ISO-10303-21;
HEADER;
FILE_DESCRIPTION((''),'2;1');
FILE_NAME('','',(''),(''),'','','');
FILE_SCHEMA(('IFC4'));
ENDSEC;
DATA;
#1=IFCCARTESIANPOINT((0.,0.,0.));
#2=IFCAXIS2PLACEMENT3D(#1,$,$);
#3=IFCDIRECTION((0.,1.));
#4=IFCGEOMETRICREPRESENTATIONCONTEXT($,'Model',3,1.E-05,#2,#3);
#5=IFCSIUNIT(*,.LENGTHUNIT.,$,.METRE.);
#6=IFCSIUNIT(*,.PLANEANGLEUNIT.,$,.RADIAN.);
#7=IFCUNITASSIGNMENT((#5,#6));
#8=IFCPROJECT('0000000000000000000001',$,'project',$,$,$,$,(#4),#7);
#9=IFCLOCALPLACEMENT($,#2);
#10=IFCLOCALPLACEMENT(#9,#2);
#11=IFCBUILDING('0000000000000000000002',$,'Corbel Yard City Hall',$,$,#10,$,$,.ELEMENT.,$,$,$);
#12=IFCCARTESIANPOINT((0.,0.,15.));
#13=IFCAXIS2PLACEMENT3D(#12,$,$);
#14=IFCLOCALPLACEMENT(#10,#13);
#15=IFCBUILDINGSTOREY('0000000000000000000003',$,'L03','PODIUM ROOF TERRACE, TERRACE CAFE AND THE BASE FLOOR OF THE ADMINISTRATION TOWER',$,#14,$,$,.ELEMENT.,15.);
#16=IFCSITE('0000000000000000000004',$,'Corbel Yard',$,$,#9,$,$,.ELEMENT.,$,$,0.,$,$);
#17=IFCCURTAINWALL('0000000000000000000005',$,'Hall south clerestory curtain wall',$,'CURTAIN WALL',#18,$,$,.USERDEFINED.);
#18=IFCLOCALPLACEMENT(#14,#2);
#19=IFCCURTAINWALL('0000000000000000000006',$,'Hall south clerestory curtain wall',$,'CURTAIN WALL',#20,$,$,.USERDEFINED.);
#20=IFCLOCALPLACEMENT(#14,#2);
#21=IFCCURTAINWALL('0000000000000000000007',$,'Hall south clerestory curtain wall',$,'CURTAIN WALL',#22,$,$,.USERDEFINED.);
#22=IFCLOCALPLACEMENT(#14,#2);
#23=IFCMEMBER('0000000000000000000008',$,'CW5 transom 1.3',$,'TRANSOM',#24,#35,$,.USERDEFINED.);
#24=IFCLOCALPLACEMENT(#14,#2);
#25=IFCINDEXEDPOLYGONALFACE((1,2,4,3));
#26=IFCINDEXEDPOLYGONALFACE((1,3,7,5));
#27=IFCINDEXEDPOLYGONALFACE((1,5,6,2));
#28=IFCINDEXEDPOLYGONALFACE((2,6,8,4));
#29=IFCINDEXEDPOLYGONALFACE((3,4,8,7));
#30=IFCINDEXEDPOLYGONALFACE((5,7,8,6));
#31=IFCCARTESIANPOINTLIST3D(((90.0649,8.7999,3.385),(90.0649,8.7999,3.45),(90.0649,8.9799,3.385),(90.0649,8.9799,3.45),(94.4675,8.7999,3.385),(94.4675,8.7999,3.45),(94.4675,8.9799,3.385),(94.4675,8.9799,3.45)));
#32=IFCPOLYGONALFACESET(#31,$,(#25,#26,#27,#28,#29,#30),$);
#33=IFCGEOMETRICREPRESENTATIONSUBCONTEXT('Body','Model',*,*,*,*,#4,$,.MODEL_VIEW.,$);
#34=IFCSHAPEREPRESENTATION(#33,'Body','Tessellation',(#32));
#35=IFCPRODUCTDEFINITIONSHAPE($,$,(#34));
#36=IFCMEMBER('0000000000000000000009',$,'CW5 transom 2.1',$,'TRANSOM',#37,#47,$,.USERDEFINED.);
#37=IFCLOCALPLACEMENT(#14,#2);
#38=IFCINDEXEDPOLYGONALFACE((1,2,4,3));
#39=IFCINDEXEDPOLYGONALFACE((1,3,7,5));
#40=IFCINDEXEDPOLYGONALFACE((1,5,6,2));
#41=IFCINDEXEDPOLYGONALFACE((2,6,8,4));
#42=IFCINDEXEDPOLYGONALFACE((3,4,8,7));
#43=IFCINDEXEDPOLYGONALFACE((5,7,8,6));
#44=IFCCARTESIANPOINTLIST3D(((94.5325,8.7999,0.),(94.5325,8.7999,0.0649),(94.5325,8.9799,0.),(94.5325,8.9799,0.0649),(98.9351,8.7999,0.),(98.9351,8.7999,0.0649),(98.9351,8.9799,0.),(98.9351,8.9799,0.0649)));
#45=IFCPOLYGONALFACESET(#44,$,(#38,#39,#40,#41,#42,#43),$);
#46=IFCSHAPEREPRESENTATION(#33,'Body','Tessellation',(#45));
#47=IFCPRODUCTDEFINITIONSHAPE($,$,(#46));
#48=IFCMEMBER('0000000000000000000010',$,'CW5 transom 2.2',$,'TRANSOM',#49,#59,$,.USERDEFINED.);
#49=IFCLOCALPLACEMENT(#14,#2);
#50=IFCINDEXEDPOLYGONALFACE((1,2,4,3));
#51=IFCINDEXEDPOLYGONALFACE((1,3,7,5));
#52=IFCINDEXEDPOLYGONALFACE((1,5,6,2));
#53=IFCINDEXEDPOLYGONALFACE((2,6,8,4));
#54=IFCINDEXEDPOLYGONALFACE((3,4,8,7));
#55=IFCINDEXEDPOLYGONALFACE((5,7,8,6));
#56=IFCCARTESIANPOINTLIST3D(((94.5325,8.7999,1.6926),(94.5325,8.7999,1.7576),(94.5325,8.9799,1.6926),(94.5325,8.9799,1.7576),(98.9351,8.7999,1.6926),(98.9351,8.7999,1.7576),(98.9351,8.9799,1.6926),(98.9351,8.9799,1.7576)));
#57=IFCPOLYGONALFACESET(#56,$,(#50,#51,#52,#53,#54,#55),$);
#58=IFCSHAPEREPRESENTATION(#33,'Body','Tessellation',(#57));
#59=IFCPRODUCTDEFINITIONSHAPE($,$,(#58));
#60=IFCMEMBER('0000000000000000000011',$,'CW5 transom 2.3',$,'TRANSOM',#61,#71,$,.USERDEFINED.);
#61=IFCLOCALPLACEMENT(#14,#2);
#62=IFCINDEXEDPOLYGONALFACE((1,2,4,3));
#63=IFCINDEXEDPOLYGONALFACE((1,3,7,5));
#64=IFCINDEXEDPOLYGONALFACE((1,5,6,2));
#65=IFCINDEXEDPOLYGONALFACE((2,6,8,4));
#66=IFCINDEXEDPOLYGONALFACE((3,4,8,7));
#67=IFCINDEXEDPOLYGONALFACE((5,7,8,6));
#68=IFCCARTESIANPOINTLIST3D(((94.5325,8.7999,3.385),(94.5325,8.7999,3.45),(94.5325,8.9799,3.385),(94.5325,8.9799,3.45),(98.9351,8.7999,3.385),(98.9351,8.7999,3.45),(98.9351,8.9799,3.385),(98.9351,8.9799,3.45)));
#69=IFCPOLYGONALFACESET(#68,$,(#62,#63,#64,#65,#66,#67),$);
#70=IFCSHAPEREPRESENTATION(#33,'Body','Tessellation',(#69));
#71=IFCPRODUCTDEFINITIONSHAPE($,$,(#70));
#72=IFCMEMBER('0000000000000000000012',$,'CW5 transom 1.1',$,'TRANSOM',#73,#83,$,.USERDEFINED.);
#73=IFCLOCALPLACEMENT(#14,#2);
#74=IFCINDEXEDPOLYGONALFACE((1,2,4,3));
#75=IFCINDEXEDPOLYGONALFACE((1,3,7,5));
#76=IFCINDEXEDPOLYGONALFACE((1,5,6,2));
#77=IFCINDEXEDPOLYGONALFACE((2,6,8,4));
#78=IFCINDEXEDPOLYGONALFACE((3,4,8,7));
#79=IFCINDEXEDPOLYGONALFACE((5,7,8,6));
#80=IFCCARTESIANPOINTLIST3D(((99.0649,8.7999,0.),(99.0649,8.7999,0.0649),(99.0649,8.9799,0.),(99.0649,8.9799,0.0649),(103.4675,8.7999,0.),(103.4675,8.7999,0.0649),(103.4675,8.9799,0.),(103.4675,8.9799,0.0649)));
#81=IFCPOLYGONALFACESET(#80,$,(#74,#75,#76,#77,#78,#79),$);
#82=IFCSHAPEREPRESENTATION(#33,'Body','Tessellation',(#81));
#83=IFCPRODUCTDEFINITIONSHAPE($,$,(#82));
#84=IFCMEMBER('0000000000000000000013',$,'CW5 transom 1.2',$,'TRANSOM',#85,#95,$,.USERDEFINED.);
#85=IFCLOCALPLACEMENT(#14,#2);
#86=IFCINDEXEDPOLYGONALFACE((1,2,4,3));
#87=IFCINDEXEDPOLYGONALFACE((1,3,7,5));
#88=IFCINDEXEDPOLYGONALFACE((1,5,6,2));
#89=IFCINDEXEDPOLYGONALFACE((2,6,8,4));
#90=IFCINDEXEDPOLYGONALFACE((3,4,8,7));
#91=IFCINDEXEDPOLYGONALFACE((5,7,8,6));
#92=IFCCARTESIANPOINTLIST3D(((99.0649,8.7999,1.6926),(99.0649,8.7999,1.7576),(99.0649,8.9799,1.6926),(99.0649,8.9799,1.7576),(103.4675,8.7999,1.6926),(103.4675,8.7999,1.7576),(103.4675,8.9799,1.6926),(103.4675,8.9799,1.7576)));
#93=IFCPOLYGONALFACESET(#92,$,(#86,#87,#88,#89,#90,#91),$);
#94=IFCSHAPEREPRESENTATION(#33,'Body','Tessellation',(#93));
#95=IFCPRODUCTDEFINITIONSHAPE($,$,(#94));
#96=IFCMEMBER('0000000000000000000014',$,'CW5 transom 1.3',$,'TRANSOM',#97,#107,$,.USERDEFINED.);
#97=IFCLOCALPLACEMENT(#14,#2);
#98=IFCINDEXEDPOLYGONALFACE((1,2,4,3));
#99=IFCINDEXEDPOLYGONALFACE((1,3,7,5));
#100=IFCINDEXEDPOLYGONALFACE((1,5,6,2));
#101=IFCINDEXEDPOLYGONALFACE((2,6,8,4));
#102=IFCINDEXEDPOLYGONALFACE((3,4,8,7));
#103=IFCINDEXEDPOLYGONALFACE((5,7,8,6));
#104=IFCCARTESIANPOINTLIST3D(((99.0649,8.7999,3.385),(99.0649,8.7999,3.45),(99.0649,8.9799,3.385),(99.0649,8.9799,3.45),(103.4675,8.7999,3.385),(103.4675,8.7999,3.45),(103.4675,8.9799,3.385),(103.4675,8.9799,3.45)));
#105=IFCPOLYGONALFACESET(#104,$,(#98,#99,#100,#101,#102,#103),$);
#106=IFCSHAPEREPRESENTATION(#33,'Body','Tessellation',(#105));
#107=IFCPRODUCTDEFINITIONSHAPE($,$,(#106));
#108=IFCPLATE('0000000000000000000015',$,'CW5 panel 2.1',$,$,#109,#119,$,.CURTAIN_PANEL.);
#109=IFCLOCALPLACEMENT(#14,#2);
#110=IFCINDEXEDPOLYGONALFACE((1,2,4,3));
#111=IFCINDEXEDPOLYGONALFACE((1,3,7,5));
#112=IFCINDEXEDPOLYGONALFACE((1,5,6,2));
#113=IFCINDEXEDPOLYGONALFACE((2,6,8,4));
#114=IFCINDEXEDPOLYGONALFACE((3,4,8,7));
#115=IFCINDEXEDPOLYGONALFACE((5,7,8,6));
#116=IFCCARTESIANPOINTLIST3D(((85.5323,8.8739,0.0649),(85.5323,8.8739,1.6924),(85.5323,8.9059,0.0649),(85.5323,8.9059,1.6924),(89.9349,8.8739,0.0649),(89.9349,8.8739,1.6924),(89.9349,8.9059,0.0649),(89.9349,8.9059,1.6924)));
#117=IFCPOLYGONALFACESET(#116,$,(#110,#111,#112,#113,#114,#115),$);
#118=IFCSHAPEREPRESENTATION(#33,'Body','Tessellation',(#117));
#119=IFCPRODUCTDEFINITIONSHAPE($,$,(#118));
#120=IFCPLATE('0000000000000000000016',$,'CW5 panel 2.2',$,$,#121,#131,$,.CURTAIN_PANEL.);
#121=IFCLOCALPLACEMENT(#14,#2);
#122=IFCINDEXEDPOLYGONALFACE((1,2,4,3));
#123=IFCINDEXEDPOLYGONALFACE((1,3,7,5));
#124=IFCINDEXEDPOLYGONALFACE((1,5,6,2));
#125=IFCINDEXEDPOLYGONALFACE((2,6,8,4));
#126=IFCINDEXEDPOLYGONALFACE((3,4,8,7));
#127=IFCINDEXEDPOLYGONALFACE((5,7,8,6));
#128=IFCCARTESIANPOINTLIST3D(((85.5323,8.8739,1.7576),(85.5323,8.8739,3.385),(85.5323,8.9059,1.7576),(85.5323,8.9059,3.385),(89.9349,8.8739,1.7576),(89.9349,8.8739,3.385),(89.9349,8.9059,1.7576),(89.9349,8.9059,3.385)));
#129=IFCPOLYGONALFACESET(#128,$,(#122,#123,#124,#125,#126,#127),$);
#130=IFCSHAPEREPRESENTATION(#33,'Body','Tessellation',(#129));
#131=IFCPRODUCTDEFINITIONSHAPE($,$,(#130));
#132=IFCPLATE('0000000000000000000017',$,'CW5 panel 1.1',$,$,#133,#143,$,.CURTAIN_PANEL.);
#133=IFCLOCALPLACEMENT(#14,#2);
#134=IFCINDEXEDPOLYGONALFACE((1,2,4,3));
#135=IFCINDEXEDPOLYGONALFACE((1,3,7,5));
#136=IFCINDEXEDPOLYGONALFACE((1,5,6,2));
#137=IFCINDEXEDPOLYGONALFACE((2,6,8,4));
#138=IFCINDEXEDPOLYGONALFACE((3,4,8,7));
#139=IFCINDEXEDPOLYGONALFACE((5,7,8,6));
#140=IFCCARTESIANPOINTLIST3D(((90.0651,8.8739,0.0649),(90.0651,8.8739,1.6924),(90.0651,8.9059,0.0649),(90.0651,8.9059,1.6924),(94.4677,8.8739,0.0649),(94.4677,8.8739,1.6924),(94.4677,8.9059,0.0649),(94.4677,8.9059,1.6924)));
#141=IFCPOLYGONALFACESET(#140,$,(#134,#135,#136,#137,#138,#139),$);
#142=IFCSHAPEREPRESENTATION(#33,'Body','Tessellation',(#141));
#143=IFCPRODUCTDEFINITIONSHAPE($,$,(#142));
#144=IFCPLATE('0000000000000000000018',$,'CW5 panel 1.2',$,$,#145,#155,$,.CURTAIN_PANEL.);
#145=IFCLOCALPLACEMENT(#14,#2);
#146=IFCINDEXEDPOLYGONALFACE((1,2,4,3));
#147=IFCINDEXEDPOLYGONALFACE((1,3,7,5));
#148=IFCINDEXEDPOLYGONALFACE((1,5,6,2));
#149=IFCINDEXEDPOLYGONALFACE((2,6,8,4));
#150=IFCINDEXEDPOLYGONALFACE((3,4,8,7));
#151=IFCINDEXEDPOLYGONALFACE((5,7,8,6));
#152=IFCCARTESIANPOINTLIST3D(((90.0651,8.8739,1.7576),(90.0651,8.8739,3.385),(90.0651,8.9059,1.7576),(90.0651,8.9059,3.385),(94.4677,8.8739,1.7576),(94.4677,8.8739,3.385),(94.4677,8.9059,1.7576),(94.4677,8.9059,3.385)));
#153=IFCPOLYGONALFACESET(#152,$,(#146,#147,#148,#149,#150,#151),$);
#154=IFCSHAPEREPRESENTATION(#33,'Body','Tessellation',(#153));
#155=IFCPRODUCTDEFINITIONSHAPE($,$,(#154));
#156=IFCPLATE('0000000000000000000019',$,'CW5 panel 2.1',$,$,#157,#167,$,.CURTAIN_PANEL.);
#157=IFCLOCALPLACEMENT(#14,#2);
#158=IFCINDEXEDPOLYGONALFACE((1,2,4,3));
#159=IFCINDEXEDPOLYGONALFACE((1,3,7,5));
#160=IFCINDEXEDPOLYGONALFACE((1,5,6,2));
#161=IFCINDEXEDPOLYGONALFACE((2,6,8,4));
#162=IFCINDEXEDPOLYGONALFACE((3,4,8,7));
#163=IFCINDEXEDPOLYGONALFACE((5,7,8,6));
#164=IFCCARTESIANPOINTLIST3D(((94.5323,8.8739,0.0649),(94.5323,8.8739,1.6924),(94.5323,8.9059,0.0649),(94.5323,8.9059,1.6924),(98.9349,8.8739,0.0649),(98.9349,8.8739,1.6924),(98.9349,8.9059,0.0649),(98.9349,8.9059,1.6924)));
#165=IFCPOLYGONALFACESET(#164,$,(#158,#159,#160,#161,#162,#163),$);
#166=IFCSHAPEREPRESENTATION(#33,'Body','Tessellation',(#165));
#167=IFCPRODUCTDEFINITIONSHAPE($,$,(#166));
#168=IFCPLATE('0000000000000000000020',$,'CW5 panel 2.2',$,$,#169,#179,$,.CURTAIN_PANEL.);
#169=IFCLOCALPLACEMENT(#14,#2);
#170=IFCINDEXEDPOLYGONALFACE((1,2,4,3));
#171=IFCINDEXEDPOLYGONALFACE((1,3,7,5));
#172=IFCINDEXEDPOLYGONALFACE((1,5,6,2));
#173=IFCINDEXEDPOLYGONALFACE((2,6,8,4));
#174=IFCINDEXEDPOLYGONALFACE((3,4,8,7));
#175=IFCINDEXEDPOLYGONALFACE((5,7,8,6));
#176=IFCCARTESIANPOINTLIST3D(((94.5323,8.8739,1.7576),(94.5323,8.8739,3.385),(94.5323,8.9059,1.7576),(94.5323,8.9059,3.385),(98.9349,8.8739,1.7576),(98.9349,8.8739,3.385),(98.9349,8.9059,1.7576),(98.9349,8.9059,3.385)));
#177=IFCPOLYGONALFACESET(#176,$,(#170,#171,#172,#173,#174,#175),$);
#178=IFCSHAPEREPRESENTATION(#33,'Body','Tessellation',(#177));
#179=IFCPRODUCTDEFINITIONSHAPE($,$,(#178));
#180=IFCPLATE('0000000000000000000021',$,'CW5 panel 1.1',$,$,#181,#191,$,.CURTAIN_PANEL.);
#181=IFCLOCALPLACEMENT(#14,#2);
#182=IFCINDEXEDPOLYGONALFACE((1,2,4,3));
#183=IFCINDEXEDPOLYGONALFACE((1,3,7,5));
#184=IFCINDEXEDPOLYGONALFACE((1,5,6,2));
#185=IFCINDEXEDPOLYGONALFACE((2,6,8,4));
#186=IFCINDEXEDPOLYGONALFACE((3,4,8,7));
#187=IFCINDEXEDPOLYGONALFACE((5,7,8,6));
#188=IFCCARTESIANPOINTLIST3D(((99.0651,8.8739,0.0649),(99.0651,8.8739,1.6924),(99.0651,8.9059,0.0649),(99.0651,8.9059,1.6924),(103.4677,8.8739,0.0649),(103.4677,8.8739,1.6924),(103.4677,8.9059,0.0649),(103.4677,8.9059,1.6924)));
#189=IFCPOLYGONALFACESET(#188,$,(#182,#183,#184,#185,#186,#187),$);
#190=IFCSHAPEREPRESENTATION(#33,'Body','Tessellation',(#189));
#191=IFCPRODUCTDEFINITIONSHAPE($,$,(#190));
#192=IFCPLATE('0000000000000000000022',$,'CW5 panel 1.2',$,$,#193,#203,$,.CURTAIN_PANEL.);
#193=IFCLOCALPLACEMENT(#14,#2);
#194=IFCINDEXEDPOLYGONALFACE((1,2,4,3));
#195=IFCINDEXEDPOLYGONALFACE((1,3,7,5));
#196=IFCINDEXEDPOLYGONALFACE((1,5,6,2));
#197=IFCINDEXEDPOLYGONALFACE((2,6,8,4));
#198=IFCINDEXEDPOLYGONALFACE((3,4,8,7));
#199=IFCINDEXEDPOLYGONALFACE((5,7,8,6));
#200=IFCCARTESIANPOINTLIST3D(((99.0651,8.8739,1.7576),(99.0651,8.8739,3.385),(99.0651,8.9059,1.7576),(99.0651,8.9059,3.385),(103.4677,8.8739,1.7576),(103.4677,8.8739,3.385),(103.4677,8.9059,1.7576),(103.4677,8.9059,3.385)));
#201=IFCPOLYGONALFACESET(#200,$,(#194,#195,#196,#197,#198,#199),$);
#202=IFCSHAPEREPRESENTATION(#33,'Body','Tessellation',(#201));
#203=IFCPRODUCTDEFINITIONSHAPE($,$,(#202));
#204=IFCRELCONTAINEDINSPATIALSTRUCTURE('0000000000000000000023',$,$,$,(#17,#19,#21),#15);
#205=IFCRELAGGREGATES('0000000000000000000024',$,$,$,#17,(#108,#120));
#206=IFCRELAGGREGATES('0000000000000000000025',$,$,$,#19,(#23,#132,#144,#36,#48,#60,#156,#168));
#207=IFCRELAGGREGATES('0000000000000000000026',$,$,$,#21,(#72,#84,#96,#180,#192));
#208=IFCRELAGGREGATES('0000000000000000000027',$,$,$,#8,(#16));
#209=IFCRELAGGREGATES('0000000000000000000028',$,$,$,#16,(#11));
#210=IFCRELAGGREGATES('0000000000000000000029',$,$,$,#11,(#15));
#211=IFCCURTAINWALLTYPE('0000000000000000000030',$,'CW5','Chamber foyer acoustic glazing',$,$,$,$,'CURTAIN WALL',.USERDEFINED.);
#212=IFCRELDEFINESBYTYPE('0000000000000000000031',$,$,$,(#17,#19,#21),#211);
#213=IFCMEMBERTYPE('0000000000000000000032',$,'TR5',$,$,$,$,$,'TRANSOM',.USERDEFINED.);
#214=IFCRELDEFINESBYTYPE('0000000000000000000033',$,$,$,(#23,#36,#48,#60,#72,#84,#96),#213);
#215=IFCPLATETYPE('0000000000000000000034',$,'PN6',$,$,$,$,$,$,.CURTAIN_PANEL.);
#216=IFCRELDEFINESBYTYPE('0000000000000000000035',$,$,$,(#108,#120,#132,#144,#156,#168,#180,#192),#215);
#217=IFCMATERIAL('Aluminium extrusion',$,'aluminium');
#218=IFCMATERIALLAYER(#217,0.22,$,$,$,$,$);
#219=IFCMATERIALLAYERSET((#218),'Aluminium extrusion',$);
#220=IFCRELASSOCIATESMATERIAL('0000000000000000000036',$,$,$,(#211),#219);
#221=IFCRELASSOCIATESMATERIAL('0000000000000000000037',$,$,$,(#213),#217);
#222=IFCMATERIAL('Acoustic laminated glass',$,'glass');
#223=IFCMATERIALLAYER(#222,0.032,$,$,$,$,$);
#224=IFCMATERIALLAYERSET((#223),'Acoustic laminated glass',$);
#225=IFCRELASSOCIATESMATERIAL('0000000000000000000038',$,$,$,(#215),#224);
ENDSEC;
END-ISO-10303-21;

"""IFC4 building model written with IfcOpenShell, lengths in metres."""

from ifc_helpers import new_model, si_unit, direction, frame, origin, origin_2d, place, context, subcontext, project, spatial, rectangle, extrude, material, layer, layer_set, material_profile, profile_set, type_object, element, aggregate, save


model = new_model("IFC4")

# Units and contexts
model_context = context("Model", 3, precision=1e-05, world=origin(), true_north=direction((0.0, 1.0)))
body_context = subcontext(model_context, "Body", "Model", "MODEL_VIEW")
ifc_project = project(units=[si_unit("LENGTHUNIT", "METRE"), si_unit("PLANEANGLEUNIT", "RADIAN")], contexts=[model_context])

# Site, building, storey
site_placement = place(None, origin())
site = spatial("IfcSite", under=ifc_project, at=site_placement, Name="Corbel Yard", CompositionType="ELEMENT", RefElevation=0.0)
building_placement = place(site_placement, origin())
building = spatial("IfcBuilding", under=site, at=building_placement, Name="Corbel Yard City Hall", CompositionType="ELEMENT")
storey_placement = place(building_placement, frame((0.0, 0.0, 15.0)))
storey = spatial("IfcBuildingStorey", under=building, at=storey_placement, Name="L03", Description="PODIUM ROOF TERRACE, TERRACE CAFE AND THE BASE FLOOR OF THE ADMINISTRATION TOWER", CompositionType="ELEMENT", Elevation=15.0)

# Curtain wall
ifc_material_1 = material(Name="Aluminium extrusion", Category="aluminium")
ifc_layer_1 = layer(ifc_material_1, 0.22)
ifc_layer_set_1 = layer_set([ifc_layer_1], Name="Aluminium extrusion")
curtain_wall_type = type_object("IfcCurtainWallType", Name="CW5", Description="Chamber foyer acoustic glazing", ElementType="CURTAIN WALL", PredefinedType="USERDEFINED", material=ifc_layer_set_1)
curtain_wall_1_placement = place(storey_placement, origin())
curtain_wall_1 = element("IfcCurtainWall", 1, at=curtain_wall_1_placement, inside=storey, type_object=curtain_wall_type, Name="Hall south clerestory curtain wall", ObjectType="CURTAIN WALL", PredefinedType="USERDEFINED")

# Curtain wall
curtain_wall_2_placement = place(storey_placement, origin())
curtain_wall_2 = element("IfcCurtainWall", 2, at=curtain_wall_2_placement, inside=storey, type_object=curtain_wall_type, Name="Hall south clerestory curtain wall", ObjectType="CURTAIN WALL", PredefinedType="USERDEFINED")

# Curtain wall
curtain_wall_3_placement = place(storey_placement, origin())
curtain_wall_3 = element("IfcCurtainWall", 3, at=curtain_wall_3_placement, inside=storey, type_object=curtain_wall_type, Name="Hall south clerestory curtain wall", ObjectType="CURTAIN WALL", PredefinedType="USERDEFINED")

# Members
ifc_material_profile_1 = material_profile(ifc_material_1, rectangle(XDim=0.1799, YDim=0.0649, at=origin_2d()), Name="180x65")
ifc_profile_set_1 = profile_set([ifc_material_profile_1], Name="Aluminium extrusion")
member_type_1 = type_object("IfcMemberType", Name="TR5", ElementType="TRANSOM", PredefinedType="USERDEFINED", material=ifc_profile_set_1)
member_1_placement = place(storey_placement, frame((90.0649, 8.8899, 3.4175), z_axis=(1.0, 0.0, 0.0), x_axis=(0.0, 1.0, 0.0)))
member_1 = element("IfcMember", 4, at=member_1_placement, type_object=member_type_1, Name="CW5 transom 1.3", ObjectType="TRANSOM", PredefinedType="USERDEFINED", context=body_context, shape_type="SweptSolid", body=[
    extrude(rectangle(XDim=0.1799, YDim=0.0649, at=origin_2d()), origin(), (0.0, 0.0, 1.0), 4.4026),
])
member_2_placement = place(storey_placement, frame((94.5325, 8.8899, 0.0325), z_axis=(1.0, 0.0, 0.0), x_axis=(0.0, 1.0, 0.0)))
member_2 = element("IfcMember", 5, at=member_2_placement, type_object=member_type_1, Name="CW5 transom 2.1", ObjectType="TRANSOM", PredefinedType="USERDEFINED", context=body_context, shape_type="SweptSolid", body=[
    extrude(rectangle(XDim=0.1799, YDim=0.0649, at=origin_2d()), origin(), (0.0, 0.0, 1.0), 4.4026),
])
member_3_placement = place(storey_placement, frame((94.5325, 8.8899, 1.7251), z_axis=(1.0, 0.0, 0.0), x_axis=(0.0, 1.0, 0.0)))
member_3 = element("IfcMember", 6, at=member_3_placement, type_object=member_type_1, Name="CW5 transom 2.2", ObjectType="TRANSOM", PredefinedType="USERDEFINED", context=body_context, shape_type="SweptSolid", body=[
    extrude(rectangle(XDim=0.1799, YDim=0.0649, at=origin_2d()), origin(), (0.0, 0.0, 1.0), 4.4026),
])
member_4_placement = place(storey_placement, frame((94.5325, 8.8899, 3.4175), z_axis=(1.0, 0.0, 0.0), x_axis=(0.0, 1.0, 0.0)))
member_4 = element("IfcMember", 7, at=member_4_placement, type_object=member_type_1, Name="CW5 transom 2.3", ObjectType="TRANSOM", PredefinedType="USERDEFINED", context=body_context, shape_type="SweptSolid", body=[
    extrude(rectangle(XDim=0.1799, YDim=0.0649, at=origin_2d()), origin(), (0.0, 0.0, 1.0), 4.4026),
])
member_5_placement = place(storey_placement, frame((99.0649, 8.8899, 0.0325), z_axis=(1.0, 0.0, 0.0), x_axis=(0.0, 1.0, 0.0)))
member_5 = element("IfcMember", 8, at=member_5_placement, type_object=member_type_1, Name="CW5 transom 1.1", ObjectType="TRANSOM", PredefinedType="USERDEFINED", context=body_context, shape_type="SweptSolid", body=[
    extrude(rectangle(XDim=0.1799, YDim=0.0649, at=origin_2d()), origin(), (0.0, 0.0, 1.0), 4.4026),
])
member_6_placement = place(storey_placement, frame((99.0649, 8.8899, 1.7251), z_axis=(1.0, 0.0, 0.0), x_axis=(0.0, 1.0, 0.0)))
member_6 = element("IfcMember", 9, at=member_6_placement, type_object=member_type_1, Name="CW5 transom 1.2", ObjectType="TRANSOM", PredefinedType="USERDEFINED", context=body_context, shape_type="SweptSolid", body=[
    extrude(rectangle(XDim=0.1799, YDim=0.0649, at=origin_2d()), origin(), (0.0, 0.0, 1.0), 4.4026),
])
member_7_placement = place(storey_placement, frame((99.0649, 8.8899, 3.4175), z_axis=(1.0, 0.0, 0.0), x_axis=(0.0, 1.0, 0.0)))
member_7 = element("IfcMember", 10, at=member_7_placement, type_object=member_type_1, Name="CW5 transom 1.3", ObjectType="TRANSOM", PredefinedType="USERDEFINED", context=body_context, shape_type="SweptSolid", body=[
    extrude(rectangle(XDim=0.1799, YDim=0.0649, at=origin_2d()), origin(), (0.0, 0.0, 1.0), 4.4026),
])

# Plates
ifc_material_2 = material(Name="Acoustic laminated glass", Category="glass")
ifc_layer_2 = layer(ifc_material_2, 0.032)
ifc_layer_set_2 = layer_set([ifc_layer_2], Name="Acoustic laminated glass")
plate_type = type_object("IfcPlateType", Name="PN6", PredefinedType="CURTAIN_PANEL", material=ifc_layer_set_2)
plate_1_placement = place(storey_placement, frame((87.7336, 8.8899, 0.0649), z_axis=(0.0, 0.0, 1.0), x_axis=(1.0, 0.0, 0.0)))
plate_1 = element("IfcPlate", 11, at=plate_1_placement, type_object=plate_type, Name="CW5 panel 2.1", PredefinedType="CURTAIN_PANEL", context=body_context, shape_type="SweptSolid", body=[
    extrude(rectangle(XDim=4.4026, YDim=0.032, at=origin_2d()), origin(), (0.0, 0.0, 1.0), 1.6274),
])
plate_2_placement = place(storey_placement, frame((87.7336, 8.8899, 1.7576), z_axis=(0.0, 0.0, 1.0), x_axis=(1.0, 0.0, 0.0)))
plate_2 = element("IfcPlate", 12, at=plate_2_placement, type_object=plate_type, Name="CW5 panel 2.2", PredefinedType="CURTAIN_PANEL", context=body_context, shape_type="SweptSolid", body=[
    extrude(rectangle(XDim=4.4026, YDim=0.032, at=origin_2d()), origin(), (0.0, 0.0, 1.0), 1.6274),
])
aggregate(curtain_wall_1, [plate_1, plate_2])
plate_3_placement = place(storey_placement, frame((92.2664, 8.8899, 0.0649), z_axis=(0.0, 0.0, 1.0), x_axis=(1.0, 0.0, 0.0)))
plate_3 = element("IfcPlate", 13, at=plate_3_placement, type_object=plate_type, Name="CW5 panel 1.1", PredefinedType="CURTAIN_PANEL", context=body_context, shape_type="SweptSolid", body=[
    extrude(rectangle(XDim=4.4026, YDim=0.032, at=origin_2d()), origin(), (0.0, 0.0, 1.0), 1.6274),
])
plate_4_placement = place(storey_placement, frame((92.2664, 8.8899, 1.7576), z_axis=(0.0, 0.0, 1.0), x_axis=(1.0, 0.0, 0.0)))
plate_4 = element("IfcPlate", 14, at=plate_4_placement, type_object=plate_type, Name="CW5 panel 1.2", PredefinedType="CURTAIN_PANEL", context=body_context, shape_type="SweptSolid", body=[
    extrude(rectangle(XDim=4.4026, YDim=0.032, at=origin_2d()), origin(), (0.0, 0.0, 1.0), 1.6274),
])
plate_5_placement = place(storey_placement, frame((96.7336, 8.8899, 0.0649), z_axis=(0.0, 0.0, 1.0), x_axis=(1.0, 0.0, 0.0)))
plate_5 = element("IfcPlate", 15, at=plate_5_placement, type_object=plate_type, Name="CW5 panel 2.1", PredefinedType="CURTAIN_PANEL", context=body_context, shape_type="SweptSolid", body=[
    extrude(rectangle(XDim=4.4026, YDim=0.032, at=origin_2d()), origin(), (0.0, 0.0, 1.0), 1.6274),
])
plate_6_placement = place(storey_placement, frame((96.7336, 8.8899, 1.7576), z_axis=(0.0, 0.0, 1.0), x_axis=(1.0, 0.0, 0.0)))
plate_6 = element("IfcPlate", 16, at=plate_6_placement, type_object=plate_type, Name="CW5 panel 2.2", PredefinedType="CURTAIN_PANEL", context=body_context, shape_type="SweptSolid", body=[
    extrude(rectangle(XDim=4.4026, YDim=0.032, at=origin_2d()), origin(), (0.0, 0.0, 1.0), 1.6274),
])
aggregate(curtain_wall_2, [member_1, plate_3, plate_4, member_2, member_3, member_4, plate_5, plate_6])
plate_7_placement = place(storey_placement, frame((101.2664, 8.8899, 0.0649), z_axis=(0.0, 0.0, 1.0), x_axis=(1.0, 0.0, 0.0)))
plate_7 = element("IfcPlate", 17, at=plate_7_placement, type_object=plate_type, Name="CW5 panel 1.1", PredefinedType="CURTAIN_PANEL", context=body_context, shape_type="SweptSolid", body=[
    extrude(rectangle(XDim=4.4026, YDim=0.032, at=origin_2d()), origin(), (0.0, 0.0, 1.0), 1.6274),
])
plate_8_placement = place(storey_placement, frame((101.2664, 8.8899, 1.7576), z_axis=(0.0, 0.0, 1.0), x_axis=(1.0, 0.0, 0.0)))
plate_8 = element("IfcPlate", 18, at=plate_8_placement, type_object=plate_type, Name="CW5 panel 1.2", PredefinedType="CURTAIN_PANEL", context=body_context, shape_type="SweptSolid", body=[
    extrude(rectangle(XDim=4.4026, YDim=0.032, at=origin_2d()), origin(), (0.0, 0.0, 1.0), 1.6274),
])
aggregate(curtain_wall_3, [member_5, member_6, member_7, plate_7, plate_8])

save(model, "model.ifc")
